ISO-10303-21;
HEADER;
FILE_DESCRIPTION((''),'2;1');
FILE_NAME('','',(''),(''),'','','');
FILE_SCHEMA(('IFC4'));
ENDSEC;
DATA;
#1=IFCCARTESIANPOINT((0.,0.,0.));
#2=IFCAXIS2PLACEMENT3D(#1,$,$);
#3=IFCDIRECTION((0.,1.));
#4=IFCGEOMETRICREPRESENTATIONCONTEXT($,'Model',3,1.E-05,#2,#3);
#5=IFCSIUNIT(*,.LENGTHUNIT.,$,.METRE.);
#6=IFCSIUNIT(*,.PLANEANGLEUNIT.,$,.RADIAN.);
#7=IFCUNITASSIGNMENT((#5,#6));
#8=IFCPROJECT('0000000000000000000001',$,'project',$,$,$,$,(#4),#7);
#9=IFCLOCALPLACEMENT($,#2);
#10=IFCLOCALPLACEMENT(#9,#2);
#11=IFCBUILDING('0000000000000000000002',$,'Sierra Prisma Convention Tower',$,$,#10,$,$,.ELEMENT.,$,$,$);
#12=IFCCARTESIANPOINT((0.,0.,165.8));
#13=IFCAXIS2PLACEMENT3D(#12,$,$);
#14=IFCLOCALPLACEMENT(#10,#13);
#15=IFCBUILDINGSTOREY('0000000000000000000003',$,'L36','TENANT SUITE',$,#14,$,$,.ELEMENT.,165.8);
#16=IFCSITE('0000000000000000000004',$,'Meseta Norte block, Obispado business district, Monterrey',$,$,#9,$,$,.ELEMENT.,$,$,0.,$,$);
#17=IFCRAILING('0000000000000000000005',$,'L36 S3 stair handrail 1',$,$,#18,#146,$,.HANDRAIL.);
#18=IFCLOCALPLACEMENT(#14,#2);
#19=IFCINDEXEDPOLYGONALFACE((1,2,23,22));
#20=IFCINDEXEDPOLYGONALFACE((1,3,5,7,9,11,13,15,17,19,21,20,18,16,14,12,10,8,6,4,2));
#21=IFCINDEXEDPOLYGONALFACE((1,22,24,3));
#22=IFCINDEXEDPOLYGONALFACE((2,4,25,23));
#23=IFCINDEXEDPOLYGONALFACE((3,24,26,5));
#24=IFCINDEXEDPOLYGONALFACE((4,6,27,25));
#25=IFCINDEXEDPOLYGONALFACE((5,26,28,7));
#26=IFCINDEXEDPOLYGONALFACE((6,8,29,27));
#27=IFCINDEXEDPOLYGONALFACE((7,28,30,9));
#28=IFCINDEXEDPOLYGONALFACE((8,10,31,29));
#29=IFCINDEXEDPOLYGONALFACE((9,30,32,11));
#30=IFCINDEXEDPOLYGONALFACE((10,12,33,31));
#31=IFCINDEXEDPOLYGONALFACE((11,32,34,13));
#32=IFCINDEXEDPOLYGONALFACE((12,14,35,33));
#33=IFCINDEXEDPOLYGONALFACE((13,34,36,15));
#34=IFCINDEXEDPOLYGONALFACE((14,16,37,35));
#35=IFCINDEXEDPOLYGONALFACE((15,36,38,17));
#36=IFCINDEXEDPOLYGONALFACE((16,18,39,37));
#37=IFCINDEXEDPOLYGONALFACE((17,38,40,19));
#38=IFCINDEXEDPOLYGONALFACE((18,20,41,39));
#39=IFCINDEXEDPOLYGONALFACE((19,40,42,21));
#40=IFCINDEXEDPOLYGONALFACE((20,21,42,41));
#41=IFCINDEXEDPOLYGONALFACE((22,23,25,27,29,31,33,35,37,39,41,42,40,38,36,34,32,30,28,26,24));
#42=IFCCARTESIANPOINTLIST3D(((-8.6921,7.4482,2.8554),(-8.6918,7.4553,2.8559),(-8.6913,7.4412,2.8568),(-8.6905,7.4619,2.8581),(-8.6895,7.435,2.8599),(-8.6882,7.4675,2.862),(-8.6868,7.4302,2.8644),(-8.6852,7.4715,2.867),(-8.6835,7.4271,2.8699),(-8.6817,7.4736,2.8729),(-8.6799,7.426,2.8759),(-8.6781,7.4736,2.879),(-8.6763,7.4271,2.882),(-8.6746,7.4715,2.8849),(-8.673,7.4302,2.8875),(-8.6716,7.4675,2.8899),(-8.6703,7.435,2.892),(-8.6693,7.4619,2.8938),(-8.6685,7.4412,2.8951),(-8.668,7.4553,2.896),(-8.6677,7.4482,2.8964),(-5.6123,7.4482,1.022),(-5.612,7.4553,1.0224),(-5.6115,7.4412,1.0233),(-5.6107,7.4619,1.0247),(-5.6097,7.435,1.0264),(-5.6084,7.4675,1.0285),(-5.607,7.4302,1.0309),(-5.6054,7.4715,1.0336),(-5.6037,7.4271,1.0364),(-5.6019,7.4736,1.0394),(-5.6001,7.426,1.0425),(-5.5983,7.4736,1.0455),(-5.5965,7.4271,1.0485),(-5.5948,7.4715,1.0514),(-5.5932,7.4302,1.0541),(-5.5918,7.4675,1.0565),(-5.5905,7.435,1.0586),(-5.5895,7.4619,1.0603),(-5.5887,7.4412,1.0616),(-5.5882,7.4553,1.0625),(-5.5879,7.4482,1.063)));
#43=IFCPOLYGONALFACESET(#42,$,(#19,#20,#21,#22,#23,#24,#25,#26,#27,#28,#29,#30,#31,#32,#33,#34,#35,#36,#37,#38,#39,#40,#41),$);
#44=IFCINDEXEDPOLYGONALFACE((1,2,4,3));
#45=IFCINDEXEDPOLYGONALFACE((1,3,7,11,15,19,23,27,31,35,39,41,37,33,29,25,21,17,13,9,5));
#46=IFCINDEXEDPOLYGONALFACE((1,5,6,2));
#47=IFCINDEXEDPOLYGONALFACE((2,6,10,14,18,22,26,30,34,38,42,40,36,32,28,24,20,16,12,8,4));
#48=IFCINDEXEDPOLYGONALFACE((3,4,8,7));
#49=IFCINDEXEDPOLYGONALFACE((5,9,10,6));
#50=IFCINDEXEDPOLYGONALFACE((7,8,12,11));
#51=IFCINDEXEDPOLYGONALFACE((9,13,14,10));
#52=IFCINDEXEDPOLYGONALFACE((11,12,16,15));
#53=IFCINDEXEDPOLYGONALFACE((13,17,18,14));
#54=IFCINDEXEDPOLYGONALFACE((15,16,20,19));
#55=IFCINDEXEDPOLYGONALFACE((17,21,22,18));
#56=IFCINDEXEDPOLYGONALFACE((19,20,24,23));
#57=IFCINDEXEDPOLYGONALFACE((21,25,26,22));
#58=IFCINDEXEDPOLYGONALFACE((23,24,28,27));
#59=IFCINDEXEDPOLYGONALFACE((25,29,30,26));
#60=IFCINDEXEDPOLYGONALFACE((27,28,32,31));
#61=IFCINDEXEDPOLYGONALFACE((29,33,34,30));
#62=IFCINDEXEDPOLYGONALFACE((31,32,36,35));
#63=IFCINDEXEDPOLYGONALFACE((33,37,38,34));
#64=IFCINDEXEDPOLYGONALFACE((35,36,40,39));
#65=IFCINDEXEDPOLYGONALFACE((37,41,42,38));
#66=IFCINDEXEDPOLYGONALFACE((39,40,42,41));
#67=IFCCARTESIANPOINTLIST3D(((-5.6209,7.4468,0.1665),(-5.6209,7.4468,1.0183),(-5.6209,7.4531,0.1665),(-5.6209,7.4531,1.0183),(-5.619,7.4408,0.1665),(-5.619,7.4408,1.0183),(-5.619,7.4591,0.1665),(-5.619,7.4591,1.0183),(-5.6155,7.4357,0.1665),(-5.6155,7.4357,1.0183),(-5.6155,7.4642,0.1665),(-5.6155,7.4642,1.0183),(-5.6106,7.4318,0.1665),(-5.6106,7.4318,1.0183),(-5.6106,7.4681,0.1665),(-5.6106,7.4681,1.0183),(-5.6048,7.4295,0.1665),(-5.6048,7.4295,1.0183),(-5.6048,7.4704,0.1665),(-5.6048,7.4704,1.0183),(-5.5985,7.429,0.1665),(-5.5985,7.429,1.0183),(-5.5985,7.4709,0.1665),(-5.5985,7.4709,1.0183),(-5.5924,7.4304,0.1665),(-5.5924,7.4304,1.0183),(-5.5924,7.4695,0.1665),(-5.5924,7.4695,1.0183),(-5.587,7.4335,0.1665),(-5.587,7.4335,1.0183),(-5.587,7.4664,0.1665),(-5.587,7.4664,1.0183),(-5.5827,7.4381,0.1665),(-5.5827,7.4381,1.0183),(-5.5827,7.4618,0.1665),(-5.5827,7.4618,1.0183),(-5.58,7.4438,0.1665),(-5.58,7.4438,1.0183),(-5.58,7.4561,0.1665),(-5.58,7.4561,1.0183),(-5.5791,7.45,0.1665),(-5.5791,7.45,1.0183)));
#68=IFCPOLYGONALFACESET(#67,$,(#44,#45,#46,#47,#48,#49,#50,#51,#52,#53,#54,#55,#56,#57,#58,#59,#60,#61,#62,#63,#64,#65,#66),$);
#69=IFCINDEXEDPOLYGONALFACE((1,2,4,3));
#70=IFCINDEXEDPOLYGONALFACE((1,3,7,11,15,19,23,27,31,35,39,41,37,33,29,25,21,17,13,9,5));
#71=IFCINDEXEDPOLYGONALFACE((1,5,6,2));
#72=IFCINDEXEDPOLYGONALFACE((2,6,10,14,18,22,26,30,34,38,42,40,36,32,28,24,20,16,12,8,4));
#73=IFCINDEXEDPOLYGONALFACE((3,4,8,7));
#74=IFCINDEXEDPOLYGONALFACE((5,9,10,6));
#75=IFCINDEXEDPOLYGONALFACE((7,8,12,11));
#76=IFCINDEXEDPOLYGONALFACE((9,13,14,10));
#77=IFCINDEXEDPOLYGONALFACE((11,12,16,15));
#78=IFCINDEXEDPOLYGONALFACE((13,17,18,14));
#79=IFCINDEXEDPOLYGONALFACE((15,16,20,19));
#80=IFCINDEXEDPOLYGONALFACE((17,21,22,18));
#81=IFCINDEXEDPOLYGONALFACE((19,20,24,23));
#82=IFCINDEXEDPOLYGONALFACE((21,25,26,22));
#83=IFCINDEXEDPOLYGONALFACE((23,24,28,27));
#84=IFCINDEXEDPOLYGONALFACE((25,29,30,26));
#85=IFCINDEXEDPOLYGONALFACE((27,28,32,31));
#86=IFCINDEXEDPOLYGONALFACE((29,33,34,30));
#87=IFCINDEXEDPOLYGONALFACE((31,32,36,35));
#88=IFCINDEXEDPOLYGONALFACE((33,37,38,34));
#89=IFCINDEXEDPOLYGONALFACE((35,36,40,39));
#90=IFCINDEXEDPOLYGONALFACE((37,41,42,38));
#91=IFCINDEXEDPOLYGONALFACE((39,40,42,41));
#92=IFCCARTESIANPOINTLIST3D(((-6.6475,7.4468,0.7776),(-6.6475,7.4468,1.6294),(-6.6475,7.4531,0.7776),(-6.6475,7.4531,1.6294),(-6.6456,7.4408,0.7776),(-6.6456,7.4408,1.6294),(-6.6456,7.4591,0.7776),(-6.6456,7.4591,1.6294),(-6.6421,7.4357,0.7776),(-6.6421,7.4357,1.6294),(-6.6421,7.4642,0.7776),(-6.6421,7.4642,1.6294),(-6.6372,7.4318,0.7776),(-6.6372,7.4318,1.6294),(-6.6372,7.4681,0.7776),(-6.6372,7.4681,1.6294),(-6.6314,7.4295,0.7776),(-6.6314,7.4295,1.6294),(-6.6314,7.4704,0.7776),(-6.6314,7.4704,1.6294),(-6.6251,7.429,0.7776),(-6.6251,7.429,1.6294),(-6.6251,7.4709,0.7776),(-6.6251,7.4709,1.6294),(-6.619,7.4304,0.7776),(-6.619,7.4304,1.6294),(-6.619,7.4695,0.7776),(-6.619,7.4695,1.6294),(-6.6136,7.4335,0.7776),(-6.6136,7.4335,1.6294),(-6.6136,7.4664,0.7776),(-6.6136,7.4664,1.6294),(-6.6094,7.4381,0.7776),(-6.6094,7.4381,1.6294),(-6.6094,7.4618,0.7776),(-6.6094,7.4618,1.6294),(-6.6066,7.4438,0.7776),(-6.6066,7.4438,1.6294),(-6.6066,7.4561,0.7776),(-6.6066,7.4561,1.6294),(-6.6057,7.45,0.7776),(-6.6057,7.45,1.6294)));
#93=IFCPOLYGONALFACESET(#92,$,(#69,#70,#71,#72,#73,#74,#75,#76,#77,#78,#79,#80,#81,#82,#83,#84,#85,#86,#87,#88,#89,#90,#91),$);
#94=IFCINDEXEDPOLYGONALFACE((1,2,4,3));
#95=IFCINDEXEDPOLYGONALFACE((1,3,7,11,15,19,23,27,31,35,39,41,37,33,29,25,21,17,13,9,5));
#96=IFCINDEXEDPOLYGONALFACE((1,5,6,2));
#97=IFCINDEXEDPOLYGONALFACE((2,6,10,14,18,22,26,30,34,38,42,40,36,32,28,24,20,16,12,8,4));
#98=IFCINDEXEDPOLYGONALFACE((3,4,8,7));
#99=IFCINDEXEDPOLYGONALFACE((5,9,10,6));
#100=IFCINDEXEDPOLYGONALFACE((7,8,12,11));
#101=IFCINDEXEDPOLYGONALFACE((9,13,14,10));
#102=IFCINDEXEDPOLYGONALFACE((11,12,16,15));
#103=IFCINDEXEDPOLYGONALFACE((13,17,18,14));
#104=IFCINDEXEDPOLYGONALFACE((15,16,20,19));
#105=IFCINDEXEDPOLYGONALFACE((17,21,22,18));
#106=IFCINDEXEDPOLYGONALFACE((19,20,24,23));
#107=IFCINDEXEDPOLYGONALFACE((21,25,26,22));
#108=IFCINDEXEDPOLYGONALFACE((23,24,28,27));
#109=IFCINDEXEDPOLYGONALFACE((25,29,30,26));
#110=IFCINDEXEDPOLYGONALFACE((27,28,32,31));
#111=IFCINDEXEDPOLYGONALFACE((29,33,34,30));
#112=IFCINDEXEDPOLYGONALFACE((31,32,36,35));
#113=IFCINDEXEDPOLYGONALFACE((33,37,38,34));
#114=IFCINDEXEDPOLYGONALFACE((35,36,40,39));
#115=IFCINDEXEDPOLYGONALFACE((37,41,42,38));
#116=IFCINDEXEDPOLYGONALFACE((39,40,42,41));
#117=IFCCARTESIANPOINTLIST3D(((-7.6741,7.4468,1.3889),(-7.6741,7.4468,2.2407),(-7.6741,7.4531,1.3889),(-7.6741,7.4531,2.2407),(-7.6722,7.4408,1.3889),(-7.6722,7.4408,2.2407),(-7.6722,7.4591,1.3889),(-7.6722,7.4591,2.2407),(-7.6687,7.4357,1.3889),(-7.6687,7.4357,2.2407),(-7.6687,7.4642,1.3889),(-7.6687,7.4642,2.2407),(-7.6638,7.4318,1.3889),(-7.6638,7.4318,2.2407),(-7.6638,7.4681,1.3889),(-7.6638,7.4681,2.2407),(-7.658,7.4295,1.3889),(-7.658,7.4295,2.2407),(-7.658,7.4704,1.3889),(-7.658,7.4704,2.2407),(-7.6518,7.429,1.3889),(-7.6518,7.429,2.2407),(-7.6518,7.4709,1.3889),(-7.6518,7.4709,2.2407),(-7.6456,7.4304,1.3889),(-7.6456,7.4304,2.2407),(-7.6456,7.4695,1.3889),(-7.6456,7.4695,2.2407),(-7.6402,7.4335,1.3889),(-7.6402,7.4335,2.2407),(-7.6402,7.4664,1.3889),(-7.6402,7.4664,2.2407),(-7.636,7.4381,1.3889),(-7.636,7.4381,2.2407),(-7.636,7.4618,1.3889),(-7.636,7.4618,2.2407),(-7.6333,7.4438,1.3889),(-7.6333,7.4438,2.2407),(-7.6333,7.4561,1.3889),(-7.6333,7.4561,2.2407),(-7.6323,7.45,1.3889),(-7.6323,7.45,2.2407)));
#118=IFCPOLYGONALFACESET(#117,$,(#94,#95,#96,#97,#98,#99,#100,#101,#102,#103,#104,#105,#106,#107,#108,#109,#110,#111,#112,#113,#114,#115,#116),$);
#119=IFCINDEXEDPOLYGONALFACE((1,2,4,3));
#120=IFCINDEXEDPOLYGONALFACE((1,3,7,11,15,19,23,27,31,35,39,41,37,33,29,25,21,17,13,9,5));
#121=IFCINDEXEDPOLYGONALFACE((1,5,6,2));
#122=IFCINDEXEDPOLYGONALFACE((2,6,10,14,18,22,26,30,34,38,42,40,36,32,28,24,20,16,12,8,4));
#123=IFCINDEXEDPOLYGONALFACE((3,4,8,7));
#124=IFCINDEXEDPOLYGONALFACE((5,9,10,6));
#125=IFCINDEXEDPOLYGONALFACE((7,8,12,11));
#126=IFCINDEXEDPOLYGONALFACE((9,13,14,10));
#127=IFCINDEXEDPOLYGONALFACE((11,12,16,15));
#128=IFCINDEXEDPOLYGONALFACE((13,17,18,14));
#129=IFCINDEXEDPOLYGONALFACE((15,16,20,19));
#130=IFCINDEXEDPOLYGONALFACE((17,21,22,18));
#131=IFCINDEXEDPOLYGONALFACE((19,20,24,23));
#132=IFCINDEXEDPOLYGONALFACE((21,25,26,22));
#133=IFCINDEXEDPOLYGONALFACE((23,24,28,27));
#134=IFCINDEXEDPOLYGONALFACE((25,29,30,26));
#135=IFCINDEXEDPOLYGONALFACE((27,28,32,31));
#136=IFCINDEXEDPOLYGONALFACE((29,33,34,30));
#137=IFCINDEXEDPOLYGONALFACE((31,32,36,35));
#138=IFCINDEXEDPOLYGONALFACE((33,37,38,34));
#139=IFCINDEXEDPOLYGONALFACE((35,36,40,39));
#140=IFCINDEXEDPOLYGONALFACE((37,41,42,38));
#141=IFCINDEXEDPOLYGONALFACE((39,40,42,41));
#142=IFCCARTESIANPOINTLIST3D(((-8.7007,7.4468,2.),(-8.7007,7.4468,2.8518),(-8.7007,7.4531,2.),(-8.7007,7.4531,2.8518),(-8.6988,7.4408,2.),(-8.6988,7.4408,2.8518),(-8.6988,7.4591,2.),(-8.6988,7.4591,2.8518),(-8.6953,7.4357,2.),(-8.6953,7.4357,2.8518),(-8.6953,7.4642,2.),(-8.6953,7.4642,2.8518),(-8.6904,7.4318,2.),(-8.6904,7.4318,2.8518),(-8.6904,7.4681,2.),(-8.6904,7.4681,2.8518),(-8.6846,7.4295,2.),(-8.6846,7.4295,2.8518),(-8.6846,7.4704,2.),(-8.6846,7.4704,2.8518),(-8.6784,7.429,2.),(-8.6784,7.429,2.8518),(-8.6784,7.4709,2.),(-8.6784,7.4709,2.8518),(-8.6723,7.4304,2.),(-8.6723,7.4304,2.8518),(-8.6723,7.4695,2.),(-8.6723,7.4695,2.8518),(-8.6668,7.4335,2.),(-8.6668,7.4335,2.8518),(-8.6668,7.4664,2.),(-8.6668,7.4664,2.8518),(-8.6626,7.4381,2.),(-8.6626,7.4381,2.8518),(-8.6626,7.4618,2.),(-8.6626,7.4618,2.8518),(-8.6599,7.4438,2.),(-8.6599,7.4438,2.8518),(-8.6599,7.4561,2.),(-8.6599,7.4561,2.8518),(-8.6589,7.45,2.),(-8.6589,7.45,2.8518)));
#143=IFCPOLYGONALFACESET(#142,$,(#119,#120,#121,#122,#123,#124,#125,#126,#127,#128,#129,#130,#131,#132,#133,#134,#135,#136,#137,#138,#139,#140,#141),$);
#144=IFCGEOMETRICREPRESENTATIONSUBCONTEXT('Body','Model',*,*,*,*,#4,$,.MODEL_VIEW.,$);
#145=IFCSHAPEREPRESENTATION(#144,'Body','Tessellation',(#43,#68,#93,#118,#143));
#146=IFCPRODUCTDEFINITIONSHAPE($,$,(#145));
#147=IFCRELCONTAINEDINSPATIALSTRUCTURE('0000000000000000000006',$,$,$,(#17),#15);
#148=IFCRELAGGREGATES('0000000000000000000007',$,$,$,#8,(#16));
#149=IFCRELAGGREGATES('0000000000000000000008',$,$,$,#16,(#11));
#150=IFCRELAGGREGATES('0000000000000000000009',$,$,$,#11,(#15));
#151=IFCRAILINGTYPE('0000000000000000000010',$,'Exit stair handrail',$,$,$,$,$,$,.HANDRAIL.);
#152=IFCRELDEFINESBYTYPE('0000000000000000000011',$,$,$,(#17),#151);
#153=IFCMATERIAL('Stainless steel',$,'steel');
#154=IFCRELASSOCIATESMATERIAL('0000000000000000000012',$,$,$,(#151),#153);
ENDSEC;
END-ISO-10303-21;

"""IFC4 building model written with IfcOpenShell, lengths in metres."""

from ifc_helpers import new_model, si_unit, direction, frame, origin, origin_2d, place, context, subcontext, project, spatial, circle, extrude, material, type_object, element, save


model = new_model("IFC4")

# Units and contexts
model_context = context("Model", 3, precision=1e-05, world=origin(), true_north=direction((0.0, 1.0)))
body_context = subcontext(model_context, "Body", "Model", "MODEL_VIEW")
ifc_project = project(units=[si_unit("LENGTHUNIT", "METRE"), si_unit("PLANEANGLEUNIT", "RADIAN")], contexts=[model_context])

# Site, building, storey
site_placement = place(None, origin())
site = spatial("IfcSite", under=ifc_project, at=site_placement, Name="Meseta Norte block, Obispado business district, Monterrey", CompositionType="ELEMENT", RefElevation=0.0)
building_placement = place(site_placement, origin())
building = spatial("IfcBuilding", under=site, at=building_placement, Name="Sierra Prisma Convention Tower", CompositionType="ELEMENT")
storey_placement = place(building_placement, frame((0.0, 0.0, 165.8)))
storey = spatial("IfcBuildingStorey", under=building, at=storey_placement, Name="L36", Description="TENANT SUITE", CompositionType="ELEMENT", Elevation=165.8)

# Railing
ifc_material_1 = material(Name="Stainless steel", Category="steel")
railing_type_1 = type_object("IfcRailingType", Name="Exit stair handrail", PredefinedType="HANDRAIL", material=ifc_material_1)
railing_1_placement = place(storey_placement, frame((-5.6001, 7.45, 0.1665)))
element("IfcRailing", 1, at=railing_1_placement, inside=storey, type_object=railing_type_1, Name="L36 S3 stair handrail 1", PredefinedType="HANDRAIL", context=body_context, shape_type="SweptSolid", body=[
    extrude(circle(Radius=0.0239, at=origin_2d()), frame((0.0, 0.0, 0.876), z_axis=(-0.859261, 0.0, 0.511538), x_axis=(0.0, -1.0, 0.0)), (0.0, 0.0, 1.0), 3.5842),
    extrude(circle(Radius=0.021, at=origin_2d()), origin(), (0.0, 0.0, 1.0), 0.8518),
    extrude(circle(Radius=0.021, at=origin_2d()), frame((-1.0266, 0.0, 0.6111)), (0.0, 0.0, 1.0), 0.8518),
    extrude(circle(Radius=0.021, at=origin_2d()), frame((-2.0532, 0.0, 1.2224)), (0.0, 0.0, 1.0), 0.8518),
    extrude(circle(Radius=0.021, at=origin_2d()), frame((-3.0798, 0.0, 1.8335)), (0.0, 0.0, 1.0), 0.8518),
])

save(model, "model.ifc")
